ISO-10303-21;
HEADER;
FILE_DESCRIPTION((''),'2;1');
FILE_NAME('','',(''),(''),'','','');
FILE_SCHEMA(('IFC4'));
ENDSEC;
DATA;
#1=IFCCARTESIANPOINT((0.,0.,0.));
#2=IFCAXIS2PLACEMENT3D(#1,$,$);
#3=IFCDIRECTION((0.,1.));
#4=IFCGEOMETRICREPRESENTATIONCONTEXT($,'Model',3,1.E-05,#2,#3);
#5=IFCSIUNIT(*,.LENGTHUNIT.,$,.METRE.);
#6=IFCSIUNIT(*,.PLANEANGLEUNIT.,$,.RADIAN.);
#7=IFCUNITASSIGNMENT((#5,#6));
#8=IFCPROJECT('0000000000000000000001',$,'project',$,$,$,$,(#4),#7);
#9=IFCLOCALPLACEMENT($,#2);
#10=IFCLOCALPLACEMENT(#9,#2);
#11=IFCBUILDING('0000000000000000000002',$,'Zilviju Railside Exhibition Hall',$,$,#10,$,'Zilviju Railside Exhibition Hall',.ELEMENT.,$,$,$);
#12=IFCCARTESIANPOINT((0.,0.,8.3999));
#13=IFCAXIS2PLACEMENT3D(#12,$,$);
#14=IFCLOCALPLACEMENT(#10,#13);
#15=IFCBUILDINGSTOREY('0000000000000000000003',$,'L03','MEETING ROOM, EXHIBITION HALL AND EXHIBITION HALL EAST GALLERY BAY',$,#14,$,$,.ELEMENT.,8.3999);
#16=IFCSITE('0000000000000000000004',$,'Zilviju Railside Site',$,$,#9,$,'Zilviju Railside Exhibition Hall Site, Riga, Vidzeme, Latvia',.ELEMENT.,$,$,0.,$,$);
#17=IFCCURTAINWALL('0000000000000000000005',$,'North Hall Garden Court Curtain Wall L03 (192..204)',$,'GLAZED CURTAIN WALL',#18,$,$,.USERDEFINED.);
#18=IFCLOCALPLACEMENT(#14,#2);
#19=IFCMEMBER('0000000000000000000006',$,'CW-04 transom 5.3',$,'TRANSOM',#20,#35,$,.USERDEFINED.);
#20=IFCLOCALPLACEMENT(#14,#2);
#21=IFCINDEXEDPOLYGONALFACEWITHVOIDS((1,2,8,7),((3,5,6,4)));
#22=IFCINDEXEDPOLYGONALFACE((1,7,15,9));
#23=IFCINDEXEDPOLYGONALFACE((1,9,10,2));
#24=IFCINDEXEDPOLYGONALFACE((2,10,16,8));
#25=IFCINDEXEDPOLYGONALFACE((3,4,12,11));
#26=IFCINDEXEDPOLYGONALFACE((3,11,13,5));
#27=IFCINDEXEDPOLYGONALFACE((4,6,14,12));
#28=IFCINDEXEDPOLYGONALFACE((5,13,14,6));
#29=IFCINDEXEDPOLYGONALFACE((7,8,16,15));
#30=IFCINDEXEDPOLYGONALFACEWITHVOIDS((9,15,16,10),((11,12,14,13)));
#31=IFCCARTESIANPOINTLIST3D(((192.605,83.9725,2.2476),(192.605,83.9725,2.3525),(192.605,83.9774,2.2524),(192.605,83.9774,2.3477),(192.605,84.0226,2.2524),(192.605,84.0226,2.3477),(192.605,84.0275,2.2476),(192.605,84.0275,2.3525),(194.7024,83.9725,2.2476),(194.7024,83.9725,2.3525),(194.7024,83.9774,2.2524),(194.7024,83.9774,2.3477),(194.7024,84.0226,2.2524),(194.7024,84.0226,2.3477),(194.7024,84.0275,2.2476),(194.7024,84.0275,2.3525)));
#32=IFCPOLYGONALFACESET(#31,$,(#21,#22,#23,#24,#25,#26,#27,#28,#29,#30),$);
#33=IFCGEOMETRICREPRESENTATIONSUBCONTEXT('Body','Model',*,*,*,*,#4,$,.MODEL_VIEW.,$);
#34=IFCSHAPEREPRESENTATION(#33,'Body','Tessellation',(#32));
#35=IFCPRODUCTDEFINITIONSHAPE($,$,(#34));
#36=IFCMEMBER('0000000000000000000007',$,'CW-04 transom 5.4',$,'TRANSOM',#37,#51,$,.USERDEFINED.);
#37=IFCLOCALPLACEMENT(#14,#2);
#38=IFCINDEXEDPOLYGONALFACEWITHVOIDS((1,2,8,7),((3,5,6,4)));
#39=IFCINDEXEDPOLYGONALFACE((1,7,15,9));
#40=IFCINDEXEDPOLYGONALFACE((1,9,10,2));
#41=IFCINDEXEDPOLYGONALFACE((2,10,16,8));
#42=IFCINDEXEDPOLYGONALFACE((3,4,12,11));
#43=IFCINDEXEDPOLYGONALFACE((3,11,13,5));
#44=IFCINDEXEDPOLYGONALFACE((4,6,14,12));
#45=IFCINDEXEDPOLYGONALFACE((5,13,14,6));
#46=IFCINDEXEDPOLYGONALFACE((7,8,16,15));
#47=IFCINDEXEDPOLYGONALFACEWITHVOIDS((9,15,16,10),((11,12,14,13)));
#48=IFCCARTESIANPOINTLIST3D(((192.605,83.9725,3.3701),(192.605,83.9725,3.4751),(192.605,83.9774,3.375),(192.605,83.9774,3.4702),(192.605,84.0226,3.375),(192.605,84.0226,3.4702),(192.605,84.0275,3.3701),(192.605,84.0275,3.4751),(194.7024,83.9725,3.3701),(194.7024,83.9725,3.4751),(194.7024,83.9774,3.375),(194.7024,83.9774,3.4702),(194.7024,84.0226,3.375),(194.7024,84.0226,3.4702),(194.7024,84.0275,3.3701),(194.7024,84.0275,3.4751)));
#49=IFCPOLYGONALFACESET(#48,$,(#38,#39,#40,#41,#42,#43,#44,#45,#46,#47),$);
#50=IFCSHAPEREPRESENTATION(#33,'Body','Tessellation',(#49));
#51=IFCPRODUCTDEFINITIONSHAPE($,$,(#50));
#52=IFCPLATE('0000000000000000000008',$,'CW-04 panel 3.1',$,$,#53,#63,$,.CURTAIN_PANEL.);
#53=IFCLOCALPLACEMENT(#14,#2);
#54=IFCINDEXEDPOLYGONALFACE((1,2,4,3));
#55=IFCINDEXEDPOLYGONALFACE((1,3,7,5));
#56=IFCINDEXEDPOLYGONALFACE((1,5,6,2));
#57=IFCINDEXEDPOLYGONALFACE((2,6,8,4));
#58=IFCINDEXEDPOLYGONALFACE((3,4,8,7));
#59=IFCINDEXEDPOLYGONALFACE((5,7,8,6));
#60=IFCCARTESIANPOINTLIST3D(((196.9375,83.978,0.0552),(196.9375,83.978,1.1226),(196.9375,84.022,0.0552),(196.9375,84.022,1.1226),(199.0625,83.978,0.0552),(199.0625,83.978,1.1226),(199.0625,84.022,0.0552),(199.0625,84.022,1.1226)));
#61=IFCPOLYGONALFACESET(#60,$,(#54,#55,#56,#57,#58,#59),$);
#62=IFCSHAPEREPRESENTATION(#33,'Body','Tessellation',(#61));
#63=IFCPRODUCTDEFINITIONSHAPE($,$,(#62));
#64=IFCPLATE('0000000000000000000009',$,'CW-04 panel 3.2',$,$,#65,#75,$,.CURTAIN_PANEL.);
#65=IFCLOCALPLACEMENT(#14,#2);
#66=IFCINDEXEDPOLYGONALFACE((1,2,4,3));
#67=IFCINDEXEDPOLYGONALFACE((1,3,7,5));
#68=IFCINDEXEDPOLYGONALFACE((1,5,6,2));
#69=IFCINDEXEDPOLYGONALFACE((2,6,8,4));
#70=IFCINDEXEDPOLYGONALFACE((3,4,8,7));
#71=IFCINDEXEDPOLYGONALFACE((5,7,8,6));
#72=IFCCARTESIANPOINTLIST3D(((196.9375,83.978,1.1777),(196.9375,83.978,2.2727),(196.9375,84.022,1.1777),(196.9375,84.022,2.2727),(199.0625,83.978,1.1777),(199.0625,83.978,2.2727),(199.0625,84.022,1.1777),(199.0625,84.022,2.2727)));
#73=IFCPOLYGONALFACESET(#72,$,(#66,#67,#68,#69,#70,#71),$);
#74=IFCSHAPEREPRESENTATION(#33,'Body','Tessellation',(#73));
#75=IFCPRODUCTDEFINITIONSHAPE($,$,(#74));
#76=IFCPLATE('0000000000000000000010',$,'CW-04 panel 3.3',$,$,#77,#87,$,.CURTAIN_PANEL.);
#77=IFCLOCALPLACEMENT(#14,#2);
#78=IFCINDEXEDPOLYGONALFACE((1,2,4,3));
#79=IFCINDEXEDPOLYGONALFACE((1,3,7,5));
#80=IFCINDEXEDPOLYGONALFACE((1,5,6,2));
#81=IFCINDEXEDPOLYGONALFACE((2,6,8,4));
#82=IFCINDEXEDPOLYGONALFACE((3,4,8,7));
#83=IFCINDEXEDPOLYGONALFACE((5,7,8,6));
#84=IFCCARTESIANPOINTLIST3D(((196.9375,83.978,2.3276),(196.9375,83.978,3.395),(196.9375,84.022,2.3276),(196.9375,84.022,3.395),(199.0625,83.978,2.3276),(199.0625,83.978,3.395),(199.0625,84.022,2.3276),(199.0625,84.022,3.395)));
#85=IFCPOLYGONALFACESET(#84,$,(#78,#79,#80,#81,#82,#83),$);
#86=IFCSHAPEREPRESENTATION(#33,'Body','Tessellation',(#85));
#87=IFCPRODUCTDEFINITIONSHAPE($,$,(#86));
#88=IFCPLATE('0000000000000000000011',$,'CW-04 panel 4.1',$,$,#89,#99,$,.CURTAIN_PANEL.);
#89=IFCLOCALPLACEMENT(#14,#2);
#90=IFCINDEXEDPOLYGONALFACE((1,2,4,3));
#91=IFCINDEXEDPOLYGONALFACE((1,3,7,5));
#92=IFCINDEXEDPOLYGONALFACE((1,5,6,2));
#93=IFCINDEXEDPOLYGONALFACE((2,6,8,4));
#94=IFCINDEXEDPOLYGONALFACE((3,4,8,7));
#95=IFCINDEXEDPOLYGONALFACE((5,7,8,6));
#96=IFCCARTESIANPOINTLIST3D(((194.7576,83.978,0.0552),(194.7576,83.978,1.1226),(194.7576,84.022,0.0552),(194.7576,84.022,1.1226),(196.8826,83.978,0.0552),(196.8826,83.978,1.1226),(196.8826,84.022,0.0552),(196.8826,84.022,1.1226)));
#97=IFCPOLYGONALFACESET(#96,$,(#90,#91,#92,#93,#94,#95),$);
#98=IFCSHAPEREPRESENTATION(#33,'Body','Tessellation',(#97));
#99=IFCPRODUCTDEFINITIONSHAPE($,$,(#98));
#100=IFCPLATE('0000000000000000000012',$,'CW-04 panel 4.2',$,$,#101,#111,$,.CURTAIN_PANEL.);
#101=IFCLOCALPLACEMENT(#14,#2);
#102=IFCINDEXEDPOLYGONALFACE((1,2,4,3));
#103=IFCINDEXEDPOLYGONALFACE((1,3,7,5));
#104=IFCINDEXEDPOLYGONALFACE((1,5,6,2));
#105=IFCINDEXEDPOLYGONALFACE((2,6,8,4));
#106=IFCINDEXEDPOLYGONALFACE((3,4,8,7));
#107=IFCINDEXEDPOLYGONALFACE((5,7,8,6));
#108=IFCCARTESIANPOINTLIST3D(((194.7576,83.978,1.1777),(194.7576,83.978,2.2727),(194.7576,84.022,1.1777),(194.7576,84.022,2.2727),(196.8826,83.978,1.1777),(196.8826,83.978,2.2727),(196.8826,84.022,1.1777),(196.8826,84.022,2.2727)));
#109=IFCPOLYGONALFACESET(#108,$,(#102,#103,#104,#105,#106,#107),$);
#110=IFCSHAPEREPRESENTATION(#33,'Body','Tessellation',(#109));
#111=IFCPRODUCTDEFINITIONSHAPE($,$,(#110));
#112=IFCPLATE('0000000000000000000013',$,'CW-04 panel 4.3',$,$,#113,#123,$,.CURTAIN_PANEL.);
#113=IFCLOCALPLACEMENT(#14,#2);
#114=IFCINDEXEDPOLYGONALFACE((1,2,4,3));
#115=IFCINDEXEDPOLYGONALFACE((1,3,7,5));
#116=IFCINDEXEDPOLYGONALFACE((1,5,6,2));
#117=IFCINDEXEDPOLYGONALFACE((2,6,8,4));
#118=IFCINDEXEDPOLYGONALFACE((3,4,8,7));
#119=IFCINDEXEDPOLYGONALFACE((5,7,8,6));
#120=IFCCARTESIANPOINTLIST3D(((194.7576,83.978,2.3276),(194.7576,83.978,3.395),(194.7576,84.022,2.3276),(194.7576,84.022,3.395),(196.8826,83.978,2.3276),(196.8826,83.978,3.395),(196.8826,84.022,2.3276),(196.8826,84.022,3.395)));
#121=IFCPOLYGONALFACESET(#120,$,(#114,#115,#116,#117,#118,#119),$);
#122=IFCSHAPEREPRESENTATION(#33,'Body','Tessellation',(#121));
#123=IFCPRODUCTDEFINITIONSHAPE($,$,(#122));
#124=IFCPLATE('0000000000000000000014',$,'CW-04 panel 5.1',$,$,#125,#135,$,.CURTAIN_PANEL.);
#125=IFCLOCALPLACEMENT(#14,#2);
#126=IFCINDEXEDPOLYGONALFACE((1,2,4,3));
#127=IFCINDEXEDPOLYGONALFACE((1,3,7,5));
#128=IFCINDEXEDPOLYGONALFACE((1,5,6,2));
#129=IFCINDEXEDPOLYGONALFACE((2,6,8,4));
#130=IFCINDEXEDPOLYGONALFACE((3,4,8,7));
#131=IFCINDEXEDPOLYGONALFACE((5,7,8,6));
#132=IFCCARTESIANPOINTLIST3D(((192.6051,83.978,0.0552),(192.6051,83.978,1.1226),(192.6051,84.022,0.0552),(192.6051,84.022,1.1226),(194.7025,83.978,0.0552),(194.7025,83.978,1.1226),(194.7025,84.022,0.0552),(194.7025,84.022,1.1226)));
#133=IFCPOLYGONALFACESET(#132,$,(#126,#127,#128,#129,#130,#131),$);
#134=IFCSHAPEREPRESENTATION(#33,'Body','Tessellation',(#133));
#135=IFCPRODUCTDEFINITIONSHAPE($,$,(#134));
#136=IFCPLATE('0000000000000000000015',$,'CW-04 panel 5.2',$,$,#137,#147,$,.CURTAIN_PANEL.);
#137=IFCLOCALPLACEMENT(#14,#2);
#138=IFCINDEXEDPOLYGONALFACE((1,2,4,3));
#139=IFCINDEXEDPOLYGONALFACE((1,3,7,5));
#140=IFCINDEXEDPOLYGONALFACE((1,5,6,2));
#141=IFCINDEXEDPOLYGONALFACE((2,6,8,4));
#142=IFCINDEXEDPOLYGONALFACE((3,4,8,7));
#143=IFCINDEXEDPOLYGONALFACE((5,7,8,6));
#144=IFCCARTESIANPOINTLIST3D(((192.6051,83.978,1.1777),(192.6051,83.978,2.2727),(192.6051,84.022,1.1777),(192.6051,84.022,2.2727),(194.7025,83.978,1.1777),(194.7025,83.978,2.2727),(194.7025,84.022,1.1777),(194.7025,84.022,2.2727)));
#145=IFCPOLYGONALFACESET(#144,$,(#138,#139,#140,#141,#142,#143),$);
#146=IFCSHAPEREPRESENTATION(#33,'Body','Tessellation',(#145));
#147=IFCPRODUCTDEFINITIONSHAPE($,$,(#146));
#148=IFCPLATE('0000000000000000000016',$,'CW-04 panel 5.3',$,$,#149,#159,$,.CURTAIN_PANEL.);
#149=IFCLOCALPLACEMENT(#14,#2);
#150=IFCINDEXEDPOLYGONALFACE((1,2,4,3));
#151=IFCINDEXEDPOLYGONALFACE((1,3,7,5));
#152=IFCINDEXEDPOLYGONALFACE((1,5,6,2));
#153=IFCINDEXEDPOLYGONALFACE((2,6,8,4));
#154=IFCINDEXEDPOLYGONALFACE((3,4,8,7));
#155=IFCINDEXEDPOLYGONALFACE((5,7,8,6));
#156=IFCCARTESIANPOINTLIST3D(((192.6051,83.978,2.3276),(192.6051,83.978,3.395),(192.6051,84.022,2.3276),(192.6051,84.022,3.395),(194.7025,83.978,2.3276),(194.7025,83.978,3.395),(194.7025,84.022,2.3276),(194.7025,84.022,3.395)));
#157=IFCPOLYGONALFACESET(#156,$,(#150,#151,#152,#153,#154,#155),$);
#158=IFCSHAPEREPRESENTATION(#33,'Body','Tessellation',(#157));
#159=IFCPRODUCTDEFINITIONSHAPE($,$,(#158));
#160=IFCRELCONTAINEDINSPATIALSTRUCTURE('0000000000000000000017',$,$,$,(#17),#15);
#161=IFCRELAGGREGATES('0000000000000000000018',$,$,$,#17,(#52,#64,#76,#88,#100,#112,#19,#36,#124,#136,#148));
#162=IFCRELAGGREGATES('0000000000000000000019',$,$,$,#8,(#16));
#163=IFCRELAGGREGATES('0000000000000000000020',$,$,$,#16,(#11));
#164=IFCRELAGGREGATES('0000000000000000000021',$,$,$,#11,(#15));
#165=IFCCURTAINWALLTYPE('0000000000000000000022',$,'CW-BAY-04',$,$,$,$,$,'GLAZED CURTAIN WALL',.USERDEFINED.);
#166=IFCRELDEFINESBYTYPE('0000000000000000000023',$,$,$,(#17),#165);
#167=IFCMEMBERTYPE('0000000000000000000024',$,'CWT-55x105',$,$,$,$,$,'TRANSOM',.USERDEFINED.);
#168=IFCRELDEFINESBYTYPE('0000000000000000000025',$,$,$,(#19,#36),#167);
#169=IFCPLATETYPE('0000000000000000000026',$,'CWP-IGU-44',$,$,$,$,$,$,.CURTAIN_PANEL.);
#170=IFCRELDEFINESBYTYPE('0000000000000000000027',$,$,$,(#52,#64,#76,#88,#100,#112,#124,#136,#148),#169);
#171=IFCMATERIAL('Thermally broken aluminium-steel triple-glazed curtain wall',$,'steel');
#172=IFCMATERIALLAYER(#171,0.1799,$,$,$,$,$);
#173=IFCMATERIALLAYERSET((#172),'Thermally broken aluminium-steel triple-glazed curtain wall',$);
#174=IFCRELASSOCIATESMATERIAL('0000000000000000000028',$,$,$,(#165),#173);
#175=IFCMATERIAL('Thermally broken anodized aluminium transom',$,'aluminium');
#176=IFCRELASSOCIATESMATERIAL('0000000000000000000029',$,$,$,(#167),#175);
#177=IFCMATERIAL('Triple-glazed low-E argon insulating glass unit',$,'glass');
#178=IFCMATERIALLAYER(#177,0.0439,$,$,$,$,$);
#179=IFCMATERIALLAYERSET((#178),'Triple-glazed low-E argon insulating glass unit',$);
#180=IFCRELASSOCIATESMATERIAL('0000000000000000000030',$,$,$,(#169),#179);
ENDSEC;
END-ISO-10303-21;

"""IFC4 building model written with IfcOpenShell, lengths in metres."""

from ifc_helpers import new_model, si_unit, direction, frame, origin, origin_2d, place, context, subcontext, project, spatial, rectangle, hollow_rectangle, extrude, material, layer, layer_set, material_profile, profile_set, type_object, element, aggregate, save


model = new_model("IFC4")

# Units and contexts
model_context = context("Model", 3, precision=1e-05, world=origin(), true_north=direction((0.0, 1.0)))
body_context = subcontext(model_context, "Body", "Model", "MODEL_VIEW")
ifc_project = project(units=[si_unit("LENGTHUNIT", "METRE"), si_unit("PLANEANGLEUNIT", "RADIAN")], contexts=[model_context])

# Site, building, storey
site_placement = place(None, origin())
site = spatial("IfcSite", under=ifc_project, at=site_placement, Name="Zilviju Railside Site", LongName="Zilviju Railside Exhibition Hall Site, Riga, Vidzeme, Latvia", CompositionType="ELEMENT", RefElevation=0.0)
building_placement = place(site_placement, origin())
building = spatial("IfcBuilding", under=site, at=building_placement, Name="Zilviju Railside Exhibition Hall", LongName="Zilviju Railside Exhibition Hall", CompositionType="ELEMENT")
storey_placement = place(building_placement, frame((0.0, 0.0, 8.3999)))
storey = spatial("IfcBuildingStorey", under=building, at=storey_placement, Name="L03", Description="MEETING ROOM, EXHIBITION HALL AND EXHIBITION HALL EAST GALLERY BAY", CompositionType="ELEMENT", Elevation=8.3999)

# Curtain wall, members, plates
ifc_material_1 = material(Name="Thermally broken aluminium-steel triple-glazed curtain wall", Category="steel")
ifc_layer_1 = layer(ifc_material_1, 0.1799)
ifc_layer_set_1 = layer_set([ifc_layer_1], Name="Thermally broken aluminium-steel triple-glazed curtain wall")
curtain_wall_type = type_object("IfcCurtainWallType", Name="CW-BAY-04", ElementType="GLAZED CURTAIN WALL", PredefinedType="USERDEFINED", material=ifc_layer_set_1)
curtain_wall_placement = place(storey_placement, origin())
curtain_wall = element("IfcCurtainWall", 1, at=curtain_wall_placement, inside=storey, type_object=curtain_wall_type, Name="North Hall Garden Court Curtain Wall L03 (192..204)", ObjectType="GLAZED CURTAIN WALL", PredefinedType="USERDEFINED")
ifc_material_2 = material(Name="Thermally broken anodized aluminium transom", Category="aluminium")
ifc_material_profile_1 = material_profile(ifc_material_2, hollow_rectangle(XDim=0.0549, YDim=0.105, WallThickness=0.0049, at=origin_2d()), Name="TRANSOM 105x55x5")
ifc_profile_set_1 = profile_set([ifc_material_profile_1], Name="Thermally broken anodized aluminium transom")
member_type_1 = type_object("IfcMemberType", Name="CWT-55x105", ElementType="TRANSOM", PredefinedType="USERDEFINED", material=ifc_profile_set_1)
member_1_placement = place(storey_placement, frame((194.7024, 84.0, 2.3), z_axis=(-1.0, 0.0, 0.0), x_axis=(0.0, -1.0, 0.0)))
member_1 = element("IfcMember", 2, at=member_1_placement, type_object=member_type_1, Name="CW-04 transom 5.3", ObjectType="TRANSOM", PredefinedType="USERDEFINED", context=body_context, shape_type="SweptSolid", body=[
    extrude(hollow_rectangle(XDim=0.0549, YDim=0.105, WallThickness=0.0049, at=origin_2d()), origin(), (0.0, 0.0, 1.0), 2.0974),
])
member_2_placement = place(storey_placement, frame((194.7024, 84.0, 3.4226), z_axis=(-1.0, 0.0, 0.0), x_axis=(0.0, -1.0, 0.0)))
member_2 = element("IfcMember", 3, at=member_2_placement, type_object=member_type_1, Name="CW-04 transom 5.4", ObjectType="TRANSOM", PredefinedType="USERDEFINED", context=body_context, shape_type="SweptSolid", body=[
    extrude(hollow_rectangle(XDim=0.0549, YDim=0.105, WallThickness=0.0049, at=origin_2d()), origin(), (0.0, 0.0, 1.0), 2.0974),
])
ifc_material_3 = material(Name="Triple-glazed low-E argon insulating glass unit", Category="glass")
ifc_layer_2 = layer(ifc_material_3, 0.0439)
ifc_layer_set_2 = layer_set([ifc_layer_2], Name="Triple-glazed low-E argon insulating glass unit")
plate_type = type_object("IfcPlateType", Name="CWP-IGU-44", PredefinedType="CURTAIN_PANEL", material=ifc_layer_set_2)
plate_1_placement = place(storey_placement, frame((198.0, 84.0, 0.0552), z_axis=(0.0, 0.0, 1.0), x_axis=(-1.0, 0.0, 0.0)))
plate_1 = element("IfcPlate", 4, at=plate_1_placement, type_object=plate_type, Name="CW-04 panel 3.1", PredefinedType="CURTAIN_PANEL", context=body_context, shape_type="SweptSolid", body=[
    extrude(rectangle(XDim=2.125, YDim=0.0439, at=origin_2d()), origin(), (0.0, 0.0, 1.0), 1.0674),
])
plate_2_placement = place(storey_placement, frame((198.0, 84.0, 1.1777), z_axis=(0.0, 0.0, 1.0), x_axis=(-1.0, 0.0, 0.0)))
plate_2 = element("IfcPlate", 5, at=plate_2_placement, type_object=plate_type, Name="CW-04 panel 3.2", PredefinedType="CURTAIN_PANEL", context=body_context, shape_type="SweptSolid", body=[
    extrude(rectangle(XDim=2.125, YDim=0.0439, at=origin_2d()), origin(), (0.0, 0.0, 1.0), 1.095),
])
plate_3_placement = place(storey_placement, frame((198.0, 84.0, 2.3276), z_axis=(0.0, 0.0, 1.0), x_axis=(-1.0, 0.0, 0.0)))
plate_3 = element("IfcPlate", 6, at=plate_3_placement, type_object=plate_type, Name="CW-04 panel 3.3", PredefinedType="CURTAIN_PANEL", context=body_context, shape_type="SweptSolid", body=[
    extrude(rectangle(XDim=2.125, YDim=0.0439, at=origin_2d()), origin(), (0.0, 0.0, 1.0), 1.0674),
])
plate_4_placement = place(storey_placement, frame((195.8201, 84.0, 0.0552), z_axis=(0.0, 0.0, 1.0), x_axis=(-1.0, 0.0, 0.0)))
plate_4 = element("IfcPlate", 7, at=plate_4_placement, type_object=plate_type, Name="CW-04 panel 4.1", PredefinedType="CURTAIN_PANEL", context=body_context, shape_type="SweptSolid", body=[
    extrude(rectangle(XDim=2.125, YDim=0.0439, at=origin_2d()), origin(), (0.0, 0.0, 1.0), 1.0674),
])
plate_5_placement = place(storey_placement, frame((195.8201, 84.0, 1.1777), z_axis=(0.0, 0.0, 1.0), x_axis=(-1.0, 0.0, 0.0)))
plate_5 = element("IfcPlate", 8, at=plate_5_placement, type_object=plate_type, Name="CW-04 panel 4.2", PredefinedType="CURTAIN_PANEL", context=body_context, shape_type="SweptSolid", body=[
    extrude(rectangle(XDim=2.125, YDim=0.0439, at=origin_2d()), origin(), (0.0, 0.0, 1.0), 1.095),
])
plate_6_placement = place(storey_placement, frame((195.8201, 84.0, 2.3276), z_axis=(0.0, 0.0, 1.0), x_axis=(-1.0, 0.0, 0.0)))
plate_6 = element("IfcPlate", 9, at=plate_6_placement, type_object=plate_type, Name="CW-04 panel 4.3", PredefinedType="CURTAIN_PANEL", context=body_context, shape_type="SweptSolid", body=[
    extrude(rectangle(XDim=2.125, YDim=0.0439, at=origin_2d()), origin(), (0.0, 0.0, 1.0), 1.0674),
])
plate_7_placement = place(storey_placement, frame((193.6538, 84.0, 0.0552), z_axis=(0.0, 0.0, 1.0), x_axis=(-1.0, 0.0, 0.0)))
plate_7 = element("IfcPlate", 10, at=plate_7_placement, type_object=plate_type, Name="CW-04 panel 5.1", PredefinedType="CURTAIN_PANEL", context=body_context, shape_type="SweptSolid", body=[
    extrude(rectangle(XDim=2.0974, YDim=0.0439, at=origin_2d()), origin(), (0.0, 0.0, 1.0), 1.0674),
])
plate_8_placement = place(storey_placement, frame((193.6538, 84.0, 1.1777), z_axis=(0.0, 0.0, 1.0), x_axis=(-1.0, 0.0, 0.0)))
plate_8 = element("IfcPlate", 11, at=plate_8_placement, type_object=plate_type, Name="CW-04 panel 5.2", PredefinedType="CURTAIN_PANEL", context=body_context, shape_type="SweptSolid", body=[
    extrude(rectangle(XDim=2.0974, YDim=0.0439, at=origin_2d()), origin(), (0.0, 0.0, 1.0), 1.095),
])
plate_9_placement = place(storey_placement, frame((193.6538, 84.0, 2.3276), z_axis=(0.0, 0.0, 1.0), x_axis=(-1.0, 0.0, 0.0)))
plate_9 = element("IfcPlate", 12, at=plate_9_placement, type_object=plate_type, Name="CW-04 panel 5.3", PredefinedType="CURTAIN_PANEL", context=body_context, shape_type="SweptSolid", body=[
    extrude(rectangle(XDim=2.0974, YDim=0.0439, at=origin_2d()), origin(), (0.0, 0.0, 1.0), 1.0674),
])
aggregate(curtain_wall, [plate_1, plate_2, plate_3, plate_4, plate_5, plate_6, member_1, member_2, plate_7, plate_8, plate_9])

save(model, "model.ifc")
